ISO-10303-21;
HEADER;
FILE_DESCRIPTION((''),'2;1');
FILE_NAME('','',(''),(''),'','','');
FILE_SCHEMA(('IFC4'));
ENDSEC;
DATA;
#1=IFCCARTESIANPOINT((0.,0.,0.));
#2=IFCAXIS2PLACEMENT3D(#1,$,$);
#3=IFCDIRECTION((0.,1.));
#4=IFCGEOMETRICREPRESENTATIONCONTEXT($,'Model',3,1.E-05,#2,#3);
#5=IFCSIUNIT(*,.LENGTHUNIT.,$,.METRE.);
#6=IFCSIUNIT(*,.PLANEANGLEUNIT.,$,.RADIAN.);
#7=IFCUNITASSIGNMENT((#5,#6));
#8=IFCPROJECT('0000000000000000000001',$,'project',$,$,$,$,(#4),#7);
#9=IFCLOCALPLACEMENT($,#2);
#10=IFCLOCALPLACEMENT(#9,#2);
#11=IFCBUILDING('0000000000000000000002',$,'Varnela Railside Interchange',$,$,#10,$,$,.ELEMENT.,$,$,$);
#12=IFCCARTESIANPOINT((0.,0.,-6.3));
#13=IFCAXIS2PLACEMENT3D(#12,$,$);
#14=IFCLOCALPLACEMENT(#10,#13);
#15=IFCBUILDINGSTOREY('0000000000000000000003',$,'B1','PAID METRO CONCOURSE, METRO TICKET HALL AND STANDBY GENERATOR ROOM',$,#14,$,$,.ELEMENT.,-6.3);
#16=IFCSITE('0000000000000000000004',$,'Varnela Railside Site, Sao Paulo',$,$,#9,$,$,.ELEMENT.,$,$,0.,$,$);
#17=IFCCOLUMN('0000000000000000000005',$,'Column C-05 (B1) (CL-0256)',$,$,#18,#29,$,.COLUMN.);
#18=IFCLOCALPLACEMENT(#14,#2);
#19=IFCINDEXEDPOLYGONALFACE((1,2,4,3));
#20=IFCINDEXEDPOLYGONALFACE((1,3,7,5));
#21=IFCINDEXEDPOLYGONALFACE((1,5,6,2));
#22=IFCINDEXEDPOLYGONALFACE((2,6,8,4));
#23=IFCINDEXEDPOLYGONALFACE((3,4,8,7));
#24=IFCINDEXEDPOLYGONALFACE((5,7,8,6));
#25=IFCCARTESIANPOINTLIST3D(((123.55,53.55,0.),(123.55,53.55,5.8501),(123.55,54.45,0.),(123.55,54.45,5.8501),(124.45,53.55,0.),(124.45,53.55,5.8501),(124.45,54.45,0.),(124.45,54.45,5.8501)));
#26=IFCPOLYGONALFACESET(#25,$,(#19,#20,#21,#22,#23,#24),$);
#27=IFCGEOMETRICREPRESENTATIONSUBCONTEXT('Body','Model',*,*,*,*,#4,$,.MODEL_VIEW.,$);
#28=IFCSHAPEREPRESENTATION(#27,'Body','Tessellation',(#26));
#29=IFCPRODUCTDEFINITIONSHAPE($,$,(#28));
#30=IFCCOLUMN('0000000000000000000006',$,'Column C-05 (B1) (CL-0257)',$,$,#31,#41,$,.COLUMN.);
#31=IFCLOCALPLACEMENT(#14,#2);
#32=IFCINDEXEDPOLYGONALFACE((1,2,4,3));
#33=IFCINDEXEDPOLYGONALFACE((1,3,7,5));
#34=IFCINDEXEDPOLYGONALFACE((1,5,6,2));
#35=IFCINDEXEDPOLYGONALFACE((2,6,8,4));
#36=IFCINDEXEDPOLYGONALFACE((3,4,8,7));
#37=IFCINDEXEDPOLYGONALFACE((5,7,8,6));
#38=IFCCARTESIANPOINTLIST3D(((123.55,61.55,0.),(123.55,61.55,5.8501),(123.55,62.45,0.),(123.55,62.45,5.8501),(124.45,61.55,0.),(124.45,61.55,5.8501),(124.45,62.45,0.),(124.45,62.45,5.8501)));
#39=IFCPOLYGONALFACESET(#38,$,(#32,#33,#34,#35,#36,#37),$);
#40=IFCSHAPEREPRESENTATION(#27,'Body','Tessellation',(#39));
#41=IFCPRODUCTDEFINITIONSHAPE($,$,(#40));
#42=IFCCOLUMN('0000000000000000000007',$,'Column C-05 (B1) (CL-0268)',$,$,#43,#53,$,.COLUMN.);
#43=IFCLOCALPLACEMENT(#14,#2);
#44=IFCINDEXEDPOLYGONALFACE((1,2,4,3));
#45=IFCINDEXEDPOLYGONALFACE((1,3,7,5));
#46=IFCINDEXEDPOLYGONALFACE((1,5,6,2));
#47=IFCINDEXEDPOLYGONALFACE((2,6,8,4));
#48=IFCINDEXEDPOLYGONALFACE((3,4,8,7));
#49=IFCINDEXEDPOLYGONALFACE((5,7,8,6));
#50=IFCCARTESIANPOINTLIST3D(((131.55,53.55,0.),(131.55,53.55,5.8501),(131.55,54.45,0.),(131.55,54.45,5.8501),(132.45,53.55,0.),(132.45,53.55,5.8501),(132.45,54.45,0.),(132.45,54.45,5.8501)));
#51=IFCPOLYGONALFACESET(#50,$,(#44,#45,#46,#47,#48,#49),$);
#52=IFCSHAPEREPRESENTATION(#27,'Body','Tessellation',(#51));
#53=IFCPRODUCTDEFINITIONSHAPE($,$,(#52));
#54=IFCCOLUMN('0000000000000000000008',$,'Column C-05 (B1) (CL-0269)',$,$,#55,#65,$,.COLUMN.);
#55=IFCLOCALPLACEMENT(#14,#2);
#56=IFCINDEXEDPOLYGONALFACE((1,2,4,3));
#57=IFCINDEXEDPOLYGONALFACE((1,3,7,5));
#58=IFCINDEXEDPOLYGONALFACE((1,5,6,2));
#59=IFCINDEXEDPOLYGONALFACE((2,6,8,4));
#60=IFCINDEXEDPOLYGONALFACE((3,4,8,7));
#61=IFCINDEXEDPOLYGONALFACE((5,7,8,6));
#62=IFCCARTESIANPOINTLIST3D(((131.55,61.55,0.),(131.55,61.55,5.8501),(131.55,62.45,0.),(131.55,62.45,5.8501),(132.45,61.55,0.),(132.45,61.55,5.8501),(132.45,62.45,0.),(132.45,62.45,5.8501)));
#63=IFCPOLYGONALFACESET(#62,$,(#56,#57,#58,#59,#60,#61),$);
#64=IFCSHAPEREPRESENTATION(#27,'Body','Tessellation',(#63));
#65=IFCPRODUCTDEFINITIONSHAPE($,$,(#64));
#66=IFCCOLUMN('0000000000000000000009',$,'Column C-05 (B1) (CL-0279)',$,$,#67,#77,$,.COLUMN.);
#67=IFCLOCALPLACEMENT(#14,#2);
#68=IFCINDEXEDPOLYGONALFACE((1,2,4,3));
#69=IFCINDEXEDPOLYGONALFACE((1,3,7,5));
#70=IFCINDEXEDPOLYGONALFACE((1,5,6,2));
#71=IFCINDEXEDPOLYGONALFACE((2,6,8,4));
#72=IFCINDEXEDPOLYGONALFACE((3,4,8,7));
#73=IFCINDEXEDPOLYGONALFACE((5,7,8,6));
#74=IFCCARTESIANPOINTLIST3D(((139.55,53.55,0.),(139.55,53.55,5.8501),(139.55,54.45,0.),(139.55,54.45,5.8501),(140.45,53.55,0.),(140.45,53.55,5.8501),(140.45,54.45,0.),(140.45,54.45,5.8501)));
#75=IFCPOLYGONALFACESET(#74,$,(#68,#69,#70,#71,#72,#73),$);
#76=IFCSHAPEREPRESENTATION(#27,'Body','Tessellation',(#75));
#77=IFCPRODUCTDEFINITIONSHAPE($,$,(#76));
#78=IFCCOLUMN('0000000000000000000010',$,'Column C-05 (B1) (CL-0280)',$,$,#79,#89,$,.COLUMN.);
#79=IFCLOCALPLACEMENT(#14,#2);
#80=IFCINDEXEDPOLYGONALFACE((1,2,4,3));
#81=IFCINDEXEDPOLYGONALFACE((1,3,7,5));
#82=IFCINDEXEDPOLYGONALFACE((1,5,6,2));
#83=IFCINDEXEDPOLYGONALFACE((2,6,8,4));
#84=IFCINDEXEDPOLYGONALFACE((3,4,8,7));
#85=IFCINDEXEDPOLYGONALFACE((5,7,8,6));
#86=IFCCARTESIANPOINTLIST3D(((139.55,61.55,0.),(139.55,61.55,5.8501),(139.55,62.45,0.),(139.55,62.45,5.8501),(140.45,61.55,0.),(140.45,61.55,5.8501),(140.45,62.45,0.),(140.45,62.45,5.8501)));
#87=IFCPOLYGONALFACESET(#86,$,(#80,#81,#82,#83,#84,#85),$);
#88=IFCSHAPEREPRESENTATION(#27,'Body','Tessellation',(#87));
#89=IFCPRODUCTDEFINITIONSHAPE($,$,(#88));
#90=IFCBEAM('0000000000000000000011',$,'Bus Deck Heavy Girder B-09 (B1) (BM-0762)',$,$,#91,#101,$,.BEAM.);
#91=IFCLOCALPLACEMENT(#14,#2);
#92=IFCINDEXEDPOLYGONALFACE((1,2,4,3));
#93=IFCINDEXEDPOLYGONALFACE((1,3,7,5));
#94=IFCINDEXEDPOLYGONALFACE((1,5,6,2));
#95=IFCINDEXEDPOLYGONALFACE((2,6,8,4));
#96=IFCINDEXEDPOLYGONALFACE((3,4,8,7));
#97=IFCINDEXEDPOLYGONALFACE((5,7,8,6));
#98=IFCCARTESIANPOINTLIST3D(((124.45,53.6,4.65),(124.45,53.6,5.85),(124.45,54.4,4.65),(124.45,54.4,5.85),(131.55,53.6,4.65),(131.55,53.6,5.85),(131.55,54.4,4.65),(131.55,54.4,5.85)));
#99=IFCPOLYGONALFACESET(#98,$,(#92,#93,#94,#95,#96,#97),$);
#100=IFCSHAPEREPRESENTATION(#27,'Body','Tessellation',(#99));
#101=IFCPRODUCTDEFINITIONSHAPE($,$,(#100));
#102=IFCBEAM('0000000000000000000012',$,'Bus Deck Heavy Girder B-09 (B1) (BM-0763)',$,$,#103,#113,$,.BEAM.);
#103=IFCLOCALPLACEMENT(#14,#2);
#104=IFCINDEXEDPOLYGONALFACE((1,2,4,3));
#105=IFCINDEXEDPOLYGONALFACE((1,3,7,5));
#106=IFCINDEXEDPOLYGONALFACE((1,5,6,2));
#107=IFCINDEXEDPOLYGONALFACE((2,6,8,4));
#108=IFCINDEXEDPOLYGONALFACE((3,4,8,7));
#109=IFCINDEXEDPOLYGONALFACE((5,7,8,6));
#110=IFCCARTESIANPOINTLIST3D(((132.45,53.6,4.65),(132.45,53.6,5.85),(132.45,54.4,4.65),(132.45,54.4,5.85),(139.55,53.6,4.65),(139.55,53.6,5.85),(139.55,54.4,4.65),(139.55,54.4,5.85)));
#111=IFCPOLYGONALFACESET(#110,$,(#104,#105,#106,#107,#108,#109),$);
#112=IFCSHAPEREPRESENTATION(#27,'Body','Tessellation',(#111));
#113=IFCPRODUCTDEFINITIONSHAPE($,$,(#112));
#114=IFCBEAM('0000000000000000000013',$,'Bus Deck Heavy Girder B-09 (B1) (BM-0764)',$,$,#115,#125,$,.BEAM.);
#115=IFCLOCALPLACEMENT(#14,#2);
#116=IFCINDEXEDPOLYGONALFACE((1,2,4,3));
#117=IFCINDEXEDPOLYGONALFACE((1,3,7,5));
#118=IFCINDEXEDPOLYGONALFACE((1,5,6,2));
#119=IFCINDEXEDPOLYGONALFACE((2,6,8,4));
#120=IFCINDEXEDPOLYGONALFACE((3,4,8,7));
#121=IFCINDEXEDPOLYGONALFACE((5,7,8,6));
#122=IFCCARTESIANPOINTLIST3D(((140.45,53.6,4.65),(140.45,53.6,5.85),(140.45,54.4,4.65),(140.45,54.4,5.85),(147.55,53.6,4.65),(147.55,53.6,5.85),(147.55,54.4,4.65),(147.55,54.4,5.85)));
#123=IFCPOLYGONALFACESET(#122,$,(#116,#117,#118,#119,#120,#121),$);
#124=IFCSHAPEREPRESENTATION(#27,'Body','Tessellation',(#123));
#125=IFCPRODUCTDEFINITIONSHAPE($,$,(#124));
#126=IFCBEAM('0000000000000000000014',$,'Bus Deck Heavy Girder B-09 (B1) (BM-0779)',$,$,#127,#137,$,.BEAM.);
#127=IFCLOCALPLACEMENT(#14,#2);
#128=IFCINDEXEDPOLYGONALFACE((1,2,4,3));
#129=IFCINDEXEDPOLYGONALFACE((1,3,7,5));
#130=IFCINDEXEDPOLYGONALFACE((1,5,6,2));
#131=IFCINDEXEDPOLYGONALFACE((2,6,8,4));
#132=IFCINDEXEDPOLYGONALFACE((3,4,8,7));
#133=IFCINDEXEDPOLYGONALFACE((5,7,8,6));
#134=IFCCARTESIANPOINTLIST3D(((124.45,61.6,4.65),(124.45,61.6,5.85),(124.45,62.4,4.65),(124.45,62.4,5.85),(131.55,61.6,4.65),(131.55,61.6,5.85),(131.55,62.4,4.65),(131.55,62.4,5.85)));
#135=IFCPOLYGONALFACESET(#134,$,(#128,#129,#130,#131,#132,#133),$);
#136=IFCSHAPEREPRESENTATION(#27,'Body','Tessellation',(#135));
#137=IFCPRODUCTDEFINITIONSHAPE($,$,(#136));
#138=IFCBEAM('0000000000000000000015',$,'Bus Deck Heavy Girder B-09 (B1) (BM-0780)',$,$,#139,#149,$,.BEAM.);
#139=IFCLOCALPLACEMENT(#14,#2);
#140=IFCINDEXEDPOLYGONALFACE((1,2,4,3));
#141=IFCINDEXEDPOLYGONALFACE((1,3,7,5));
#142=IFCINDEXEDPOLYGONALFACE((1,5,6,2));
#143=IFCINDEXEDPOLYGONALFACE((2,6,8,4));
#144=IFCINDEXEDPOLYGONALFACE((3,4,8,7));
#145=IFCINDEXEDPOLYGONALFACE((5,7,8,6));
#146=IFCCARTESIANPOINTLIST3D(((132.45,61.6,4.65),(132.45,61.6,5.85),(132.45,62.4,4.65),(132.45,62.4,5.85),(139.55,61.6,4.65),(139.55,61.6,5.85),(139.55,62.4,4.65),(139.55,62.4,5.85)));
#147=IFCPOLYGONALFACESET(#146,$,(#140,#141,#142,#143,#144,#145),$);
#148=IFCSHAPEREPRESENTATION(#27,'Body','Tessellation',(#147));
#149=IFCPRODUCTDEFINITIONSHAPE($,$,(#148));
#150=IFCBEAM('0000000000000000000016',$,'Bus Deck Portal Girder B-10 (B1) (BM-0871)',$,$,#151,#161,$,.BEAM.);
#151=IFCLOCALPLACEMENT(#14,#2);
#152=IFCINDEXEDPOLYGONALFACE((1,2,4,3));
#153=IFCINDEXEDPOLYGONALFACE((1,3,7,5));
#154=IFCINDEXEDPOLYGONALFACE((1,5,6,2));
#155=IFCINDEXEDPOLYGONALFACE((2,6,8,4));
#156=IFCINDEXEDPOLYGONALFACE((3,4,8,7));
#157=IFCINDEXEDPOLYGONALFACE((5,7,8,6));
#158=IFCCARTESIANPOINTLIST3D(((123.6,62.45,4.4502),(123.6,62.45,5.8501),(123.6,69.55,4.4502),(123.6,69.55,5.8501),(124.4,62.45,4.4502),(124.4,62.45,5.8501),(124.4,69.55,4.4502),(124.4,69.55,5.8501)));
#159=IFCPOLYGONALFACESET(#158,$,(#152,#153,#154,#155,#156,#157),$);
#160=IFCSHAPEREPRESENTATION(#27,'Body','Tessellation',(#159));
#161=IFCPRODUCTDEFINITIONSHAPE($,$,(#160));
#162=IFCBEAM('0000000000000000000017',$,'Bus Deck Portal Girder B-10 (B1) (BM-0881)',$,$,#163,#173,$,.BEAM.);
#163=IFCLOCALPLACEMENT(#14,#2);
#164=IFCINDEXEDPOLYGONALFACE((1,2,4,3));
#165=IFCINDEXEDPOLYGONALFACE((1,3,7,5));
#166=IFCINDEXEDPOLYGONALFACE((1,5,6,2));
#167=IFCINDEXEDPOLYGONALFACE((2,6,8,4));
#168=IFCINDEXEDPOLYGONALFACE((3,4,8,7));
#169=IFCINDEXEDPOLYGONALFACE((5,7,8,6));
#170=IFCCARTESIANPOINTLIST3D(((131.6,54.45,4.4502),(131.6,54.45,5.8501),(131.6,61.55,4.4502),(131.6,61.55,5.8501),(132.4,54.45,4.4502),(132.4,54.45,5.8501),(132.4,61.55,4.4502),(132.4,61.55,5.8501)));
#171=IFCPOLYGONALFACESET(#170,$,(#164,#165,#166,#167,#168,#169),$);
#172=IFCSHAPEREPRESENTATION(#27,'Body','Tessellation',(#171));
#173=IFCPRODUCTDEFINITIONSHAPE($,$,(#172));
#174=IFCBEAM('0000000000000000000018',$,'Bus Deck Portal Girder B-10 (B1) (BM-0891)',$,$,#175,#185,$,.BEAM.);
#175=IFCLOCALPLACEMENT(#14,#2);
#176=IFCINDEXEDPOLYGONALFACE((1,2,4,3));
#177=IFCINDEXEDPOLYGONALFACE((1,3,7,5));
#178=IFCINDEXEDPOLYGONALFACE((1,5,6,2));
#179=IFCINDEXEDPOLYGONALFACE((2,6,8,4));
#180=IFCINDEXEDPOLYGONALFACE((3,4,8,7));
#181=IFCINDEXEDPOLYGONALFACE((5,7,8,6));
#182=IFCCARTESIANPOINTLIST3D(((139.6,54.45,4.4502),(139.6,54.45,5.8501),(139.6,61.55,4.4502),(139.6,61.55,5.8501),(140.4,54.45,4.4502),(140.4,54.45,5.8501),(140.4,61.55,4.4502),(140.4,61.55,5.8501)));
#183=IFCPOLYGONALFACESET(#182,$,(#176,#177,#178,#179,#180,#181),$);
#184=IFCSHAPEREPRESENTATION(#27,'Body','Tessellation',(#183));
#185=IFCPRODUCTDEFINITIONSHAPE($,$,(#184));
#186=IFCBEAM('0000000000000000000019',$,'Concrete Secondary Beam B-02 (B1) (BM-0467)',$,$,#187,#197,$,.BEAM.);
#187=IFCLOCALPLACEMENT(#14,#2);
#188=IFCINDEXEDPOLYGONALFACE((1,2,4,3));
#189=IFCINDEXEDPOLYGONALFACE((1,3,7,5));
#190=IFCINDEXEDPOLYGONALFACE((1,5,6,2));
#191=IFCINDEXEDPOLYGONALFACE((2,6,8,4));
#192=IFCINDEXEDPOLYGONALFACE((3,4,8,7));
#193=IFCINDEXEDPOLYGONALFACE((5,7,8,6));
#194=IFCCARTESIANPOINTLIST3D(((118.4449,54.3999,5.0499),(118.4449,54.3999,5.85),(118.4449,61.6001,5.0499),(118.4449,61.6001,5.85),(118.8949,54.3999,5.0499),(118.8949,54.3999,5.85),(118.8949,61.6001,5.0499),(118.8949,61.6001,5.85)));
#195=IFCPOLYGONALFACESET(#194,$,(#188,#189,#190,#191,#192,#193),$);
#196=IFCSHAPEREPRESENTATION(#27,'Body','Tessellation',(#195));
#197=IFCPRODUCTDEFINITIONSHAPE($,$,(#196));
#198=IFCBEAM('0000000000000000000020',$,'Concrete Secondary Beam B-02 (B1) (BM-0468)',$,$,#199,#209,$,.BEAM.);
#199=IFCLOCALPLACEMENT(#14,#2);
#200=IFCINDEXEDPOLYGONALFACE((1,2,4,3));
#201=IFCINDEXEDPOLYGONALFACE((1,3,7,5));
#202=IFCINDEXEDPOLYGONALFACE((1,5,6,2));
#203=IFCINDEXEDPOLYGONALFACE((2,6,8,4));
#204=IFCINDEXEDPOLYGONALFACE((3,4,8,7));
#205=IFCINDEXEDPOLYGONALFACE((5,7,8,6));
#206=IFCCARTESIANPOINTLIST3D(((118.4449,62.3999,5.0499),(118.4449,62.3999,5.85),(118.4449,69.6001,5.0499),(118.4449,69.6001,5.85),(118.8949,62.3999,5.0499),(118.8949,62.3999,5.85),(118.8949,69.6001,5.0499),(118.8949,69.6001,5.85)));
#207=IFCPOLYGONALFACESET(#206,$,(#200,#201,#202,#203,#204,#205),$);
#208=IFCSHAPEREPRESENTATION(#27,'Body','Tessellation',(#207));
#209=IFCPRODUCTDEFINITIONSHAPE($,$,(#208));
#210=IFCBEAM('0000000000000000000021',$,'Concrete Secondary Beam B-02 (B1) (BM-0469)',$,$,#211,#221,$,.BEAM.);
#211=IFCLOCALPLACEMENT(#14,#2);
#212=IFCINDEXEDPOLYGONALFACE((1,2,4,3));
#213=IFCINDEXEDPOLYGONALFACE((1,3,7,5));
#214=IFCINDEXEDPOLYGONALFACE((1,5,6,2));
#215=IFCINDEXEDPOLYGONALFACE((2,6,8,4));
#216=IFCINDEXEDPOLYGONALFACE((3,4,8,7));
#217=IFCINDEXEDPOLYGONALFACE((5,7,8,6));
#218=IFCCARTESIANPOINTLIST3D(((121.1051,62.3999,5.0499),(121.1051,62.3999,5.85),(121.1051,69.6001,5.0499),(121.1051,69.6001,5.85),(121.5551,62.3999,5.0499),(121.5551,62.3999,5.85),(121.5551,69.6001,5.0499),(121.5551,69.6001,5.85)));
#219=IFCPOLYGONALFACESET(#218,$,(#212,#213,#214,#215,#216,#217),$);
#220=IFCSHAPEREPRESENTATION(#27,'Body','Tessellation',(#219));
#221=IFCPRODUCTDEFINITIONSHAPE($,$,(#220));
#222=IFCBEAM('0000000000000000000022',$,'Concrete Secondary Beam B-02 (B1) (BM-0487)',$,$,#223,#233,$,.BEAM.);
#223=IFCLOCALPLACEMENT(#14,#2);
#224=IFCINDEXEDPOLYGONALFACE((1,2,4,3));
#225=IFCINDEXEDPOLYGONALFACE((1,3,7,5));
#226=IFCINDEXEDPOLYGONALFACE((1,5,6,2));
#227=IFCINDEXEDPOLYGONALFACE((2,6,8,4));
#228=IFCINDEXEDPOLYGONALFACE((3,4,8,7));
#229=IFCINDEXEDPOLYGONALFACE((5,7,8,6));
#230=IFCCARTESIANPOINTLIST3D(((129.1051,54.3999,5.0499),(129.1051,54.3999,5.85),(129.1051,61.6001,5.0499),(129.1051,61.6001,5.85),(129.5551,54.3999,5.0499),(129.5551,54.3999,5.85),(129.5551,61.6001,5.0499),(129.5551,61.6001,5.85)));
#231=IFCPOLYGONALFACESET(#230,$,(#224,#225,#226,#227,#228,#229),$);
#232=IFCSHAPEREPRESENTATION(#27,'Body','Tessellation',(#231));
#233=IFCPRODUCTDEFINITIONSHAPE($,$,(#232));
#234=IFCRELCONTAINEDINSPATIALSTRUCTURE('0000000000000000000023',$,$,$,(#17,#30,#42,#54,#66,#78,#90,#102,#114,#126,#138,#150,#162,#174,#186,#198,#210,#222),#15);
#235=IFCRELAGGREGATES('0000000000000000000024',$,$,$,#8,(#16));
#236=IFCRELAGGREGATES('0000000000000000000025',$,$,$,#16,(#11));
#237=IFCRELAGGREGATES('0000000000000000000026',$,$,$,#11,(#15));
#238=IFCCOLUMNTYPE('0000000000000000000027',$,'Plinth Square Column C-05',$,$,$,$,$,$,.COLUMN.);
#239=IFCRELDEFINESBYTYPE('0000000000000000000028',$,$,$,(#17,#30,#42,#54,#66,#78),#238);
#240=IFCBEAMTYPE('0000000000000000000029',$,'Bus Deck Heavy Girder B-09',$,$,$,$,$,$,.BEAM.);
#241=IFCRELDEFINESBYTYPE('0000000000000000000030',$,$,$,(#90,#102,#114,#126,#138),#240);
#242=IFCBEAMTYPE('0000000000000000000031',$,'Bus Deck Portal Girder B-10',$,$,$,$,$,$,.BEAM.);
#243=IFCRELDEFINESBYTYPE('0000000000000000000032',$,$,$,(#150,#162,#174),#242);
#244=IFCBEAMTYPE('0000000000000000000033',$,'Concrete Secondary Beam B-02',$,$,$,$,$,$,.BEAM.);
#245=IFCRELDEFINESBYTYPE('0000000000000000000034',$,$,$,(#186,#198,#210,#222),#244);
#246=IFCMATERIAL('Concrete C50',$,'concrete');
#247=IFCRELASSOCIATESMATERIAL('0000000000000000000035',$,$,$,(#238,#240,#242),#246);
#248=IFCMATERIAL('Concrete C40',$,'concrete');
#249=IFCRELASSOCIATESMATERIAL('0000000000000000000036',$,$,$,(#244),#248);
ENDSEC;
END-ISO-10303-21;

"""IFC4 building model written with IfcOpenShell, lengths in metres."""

from ifc_helpers import new_model, si_unit, direction, frame, origin, origin_2d, place, context, subcontext, project, spatial, rectangle, extrude, material, material_profile, profile_set, type_object, element, save


model = new_model("IFC4")

# Units and contexts
model_context = context("Model", 3, precision=1e-05, world=origin(), true_north=direction((0.0, 1.0)))
body_context = subcontext(model_context, "Body", "Model", "MODEL_VIEW")
ifc_project = project(units=[si_unit("LENGTHUNIT", "METRE"), si_unit("PLANEANGLEUNIT", "RADIAN")], contexts=[model_context])

# Site, building, storey
site_placement = place(None, origin())
site = spatial("IfcSite", under=ifc_project, at=site_placement, Name="Varnela Railside Site, Sao Paulo", CompositionType="ELEMENT", RefElevation=0.0)
building_placement = place(site_placement, origin())
building = spatial("IfcBuilding", under=site, at=building_placement, Name="Varnela Railside Interchange", CompositionType="ELEMENT")
storey_placement = place(building_placement, frame((0.0, 0.0, -6.3)))
storey = spatial("IfcBuildingStorey", under=building, at=storey_placement, Name="B1", Description="PAID METRO CONCOURSE, METRO TICKET HALL AND STANDBY GENERATOR ROOM", CompositionType="ELEMENT", Elevation=-6.3)

# Columns
ifc_material_1 = material(Name="Concrete C50", Category="concrete")
ifc_material_profile_1 = material_profile(ifc_material_1, rectangle(XDim=0.8999, YDim=0.8999, at=origin_2d()), Name="RC 900x900")
ifc_profile_set_1 = profile_set([ifc_material_profile_1], Name="Concrete C50")
column_type = type_object("IfcColumnType", Name="Plinth Square Column C-05", PredefinedType="COLUMN", material=ifc_profile_set_1)
for number, where, z_axis, x_axis, name in (
    (1, (124.0, 54.0, 0.0), (0.0, 0.0, 1.0), (1.0, 0.0, 0.0), "Column C-05 (B1) (CL-0256)"),
    (2, (124.0, 62.0, 0.0), (0.0, 0.0, 1.0), (1.0, 0.0, 0.0), "Column C-05 (B1) (CL-0257)"),
    (3, (132.0, 54.0, 0.0), (0.0, 0.0, 1.0), (1.0, 0.0, 0.0), "Column C-05 (B1) (CL-0268)"),
    (4, (132.0, 62.0, 0.0), (0.0, 0.0, 1.0), (1.0, 0.0, 0.0), "Column C-05 (B1) (CL-0269)"),
    (5, (140.0, 54.0, 0.0), (0.0, 0.0, 1.0), (1.0, 0.0, 0.0), "Column C-05 (B1) (CL-0279)"),
    (6, (140.0, 62.0, 0.0), (0.0, 0.0, 1.0), (1.0, 0.0, 0.0), "Column C-05 (B1) (CL-0280)"),
):
    element("IfcColumn", number, at=place(storey_placement, frame(where, z_axis=z_axis, x_axis=x_axis)), inside=storey, type_object=column_type, Name=name, PredefinedType="COLUMN", context=body_context, shape_type="SweptSolid", body=[
        extrude(rectangle(XDim=0.8999, YDim=0.8999, at=origin_2d()), origin(), (0.0, 0.0, 1.0), 5.8501),
    ])

# Beams
ifc_material_profile_2 = material_profile(ifc_material_1, rectangle(XDim=0.8, YDim=1.2, at=origin_2d()), Name="RC 800x1200")
ifc_profile_set_2 = profile_set([ifc_material_profile_2], Name="Concrete C50")
beam_type_1 = type_object("IfcBeamType", Name="Bus Deck Heavy Girder B-09", PredefinedType="BEAM", material=ifc_profile_set_2)
for number, where, z_axis, x_axis, name in (
    (7, (124.45, 54.0, 5.25), (1.0, 0.0, 0.0), (0.0, 1.0, 0.0), "Bus Deck Heavy Girder B-09 (B1) (BM-0762)"),
    (8, (132.45, 54.0, 5.25), (1.0, 0.0, 0.0), (0.0, 1.0, 0.0), "Bus Deck Heavy Girder B-09 (B1) (BM-0763)"),
    (9, (140.45, 54.0, 5.25), (1.0, 0.0, 0.0), (0.0, 1.0, 0.0), "Bus Deck Heavy Girder B-09 (B1) (BM-0764)"),
    (10, (124.45, 62.0, 5.25), (1.0, 0.0, 0.0), (0.0, 1.0, 0.0), "Bus Deck Heavy Girder B-09 (B1) (BM-0779)"),
    (11, (132.45, 62.0, 5.25), (1.0, 0.0, 0.0), (0.0, 1.0, 0.0), "Bus Deck Heavy Girder B-09 (B1) (BM-0780)"),
):
    element("IfcBeam", number, at=place(storey_placement, frame(where, z_axis=z_axis, x_axis=x_axis)), inside=storey, type_object=beam_type_1, Name=name, PredefinedType="BEAM", context=body_context, shape_type="SweptSolid", body=[
        extrude(rectangle(XDim=0.8, YDim=1.2, at=origin_2d()), origin(), (0.0, 0.0, 1.0), 7.1001),
    ])
ifc_material_profile_3 = material_profile(ifc_material_1, rectangle(XDim=0.8, YDim=1.3999, at=origin_2d()), Name="RC 800x1400")
ifc_profile_set_3 = profile_set([ifc_material_profile_3], Name="Concrete C50")
beam_type_2 = type_object("IfcBeamType", Name="Bus Deck Portal Girder B-10", PredefinedType="BEAM", material=ifc_profile_set_3)
for number, where, z_axis, x_axis, name in (
    (12, (124.0, 62.45, 5.1501), (0.0, 1.0, 0.0), (-1.0, 0.0, 0.0), "Bus Deck Portal Girder B-10 (B1) (BM-0871)"),
    (13, (132.0, 54.45, 5.1501), (0.0, 1.0, 0.0), (-1.0, 0.0, 0.0), "Bus Deck Portal Girder B-10 (B1) (BM-0881)"),
    (14, (140.0, 54.45, 5.1501), (0.0, 1.0, 0.0), (-1.0, 0.0, 0.0), "Bus Deck Portal Girder B-10 (B1) (BM-0891)"),
):
    element("IfcBeam", number, at=place(storey_placement, frame(where, z_axis=z_axis, x_axis=x_axis)), inside=storey, type_object=beam_type_2, Name=name, PredefinedType="BEAM", context=body_context, shape_type="SweptSolid", body=[
        extrude(rectangle(XDim=0.8, YDim=1.3999, at=origin_2d()), origin(), (0.0, 0.0, 1.0), 7.1001),
    ])
ifc_material_2 = material(Name="Concrete C40", Category="concrete")
ifc_material_profile_4 = material_profile(ifc_material_2, rectangle(XDim=0.45, YDim=0.8, at=origin_2d()), Name="RC 450x800")
ifc_profile_set_4 = profile_set([ifc_material_profile_4], Name="Concrete C40")
beam_type_3 = type_object("IfcBeamType", Name="Concrete Secondary Beam B-02", PredefinedType="BEAM", material=ifc_profile_set_4)
for number, where, z_axis, x_axis, name in (
    (15, (118.6699, 54.3999, 5.45), (0.0, 1.0, 0.0), (-1.0, 0.0, 0.0), "Concrete Secondary Beam B-02 (B1) (BM-0467)"),
    (16, (118.6699, 62.3999, 5.45), (0.0, 1.0, 0.0), (-1.0, 0.0, 0.0), "Concrete Secondary Beam B-02 (B1) (BM-0468)"),
    (17, (121.3301, 62.3999, 5.45), (0.0, 1.0, 0.0), (-1.0, 0.0, 0.0), "Concrete Secondary Beam B-02 (B1) (BM-0469)"),
    (18, (129.3301, 54.3999, 5.45), (0.0, 1.0, 0.0), (-1.0, 0.0, 0.0), "Concrete Secondary Beam B-02 (B1) (BM-0487)"),
):
    element("IfcBeam", number, at=place(storey_placement, frame(where, z_axis=z_axis, x_axis=x_axis)), inside=storey, type_object=beam_type_3, Name=name, PredefinedType="BEAM", context=body_context, shape_type="SweptSolid", body=[
        extrude(rectangle(XDim=0.45, YDim=0.8, at=origin_2d()), origin(), (0.0, 0.0, 1.0), 7.2002),
    ])

save(model, "model.ifc")
